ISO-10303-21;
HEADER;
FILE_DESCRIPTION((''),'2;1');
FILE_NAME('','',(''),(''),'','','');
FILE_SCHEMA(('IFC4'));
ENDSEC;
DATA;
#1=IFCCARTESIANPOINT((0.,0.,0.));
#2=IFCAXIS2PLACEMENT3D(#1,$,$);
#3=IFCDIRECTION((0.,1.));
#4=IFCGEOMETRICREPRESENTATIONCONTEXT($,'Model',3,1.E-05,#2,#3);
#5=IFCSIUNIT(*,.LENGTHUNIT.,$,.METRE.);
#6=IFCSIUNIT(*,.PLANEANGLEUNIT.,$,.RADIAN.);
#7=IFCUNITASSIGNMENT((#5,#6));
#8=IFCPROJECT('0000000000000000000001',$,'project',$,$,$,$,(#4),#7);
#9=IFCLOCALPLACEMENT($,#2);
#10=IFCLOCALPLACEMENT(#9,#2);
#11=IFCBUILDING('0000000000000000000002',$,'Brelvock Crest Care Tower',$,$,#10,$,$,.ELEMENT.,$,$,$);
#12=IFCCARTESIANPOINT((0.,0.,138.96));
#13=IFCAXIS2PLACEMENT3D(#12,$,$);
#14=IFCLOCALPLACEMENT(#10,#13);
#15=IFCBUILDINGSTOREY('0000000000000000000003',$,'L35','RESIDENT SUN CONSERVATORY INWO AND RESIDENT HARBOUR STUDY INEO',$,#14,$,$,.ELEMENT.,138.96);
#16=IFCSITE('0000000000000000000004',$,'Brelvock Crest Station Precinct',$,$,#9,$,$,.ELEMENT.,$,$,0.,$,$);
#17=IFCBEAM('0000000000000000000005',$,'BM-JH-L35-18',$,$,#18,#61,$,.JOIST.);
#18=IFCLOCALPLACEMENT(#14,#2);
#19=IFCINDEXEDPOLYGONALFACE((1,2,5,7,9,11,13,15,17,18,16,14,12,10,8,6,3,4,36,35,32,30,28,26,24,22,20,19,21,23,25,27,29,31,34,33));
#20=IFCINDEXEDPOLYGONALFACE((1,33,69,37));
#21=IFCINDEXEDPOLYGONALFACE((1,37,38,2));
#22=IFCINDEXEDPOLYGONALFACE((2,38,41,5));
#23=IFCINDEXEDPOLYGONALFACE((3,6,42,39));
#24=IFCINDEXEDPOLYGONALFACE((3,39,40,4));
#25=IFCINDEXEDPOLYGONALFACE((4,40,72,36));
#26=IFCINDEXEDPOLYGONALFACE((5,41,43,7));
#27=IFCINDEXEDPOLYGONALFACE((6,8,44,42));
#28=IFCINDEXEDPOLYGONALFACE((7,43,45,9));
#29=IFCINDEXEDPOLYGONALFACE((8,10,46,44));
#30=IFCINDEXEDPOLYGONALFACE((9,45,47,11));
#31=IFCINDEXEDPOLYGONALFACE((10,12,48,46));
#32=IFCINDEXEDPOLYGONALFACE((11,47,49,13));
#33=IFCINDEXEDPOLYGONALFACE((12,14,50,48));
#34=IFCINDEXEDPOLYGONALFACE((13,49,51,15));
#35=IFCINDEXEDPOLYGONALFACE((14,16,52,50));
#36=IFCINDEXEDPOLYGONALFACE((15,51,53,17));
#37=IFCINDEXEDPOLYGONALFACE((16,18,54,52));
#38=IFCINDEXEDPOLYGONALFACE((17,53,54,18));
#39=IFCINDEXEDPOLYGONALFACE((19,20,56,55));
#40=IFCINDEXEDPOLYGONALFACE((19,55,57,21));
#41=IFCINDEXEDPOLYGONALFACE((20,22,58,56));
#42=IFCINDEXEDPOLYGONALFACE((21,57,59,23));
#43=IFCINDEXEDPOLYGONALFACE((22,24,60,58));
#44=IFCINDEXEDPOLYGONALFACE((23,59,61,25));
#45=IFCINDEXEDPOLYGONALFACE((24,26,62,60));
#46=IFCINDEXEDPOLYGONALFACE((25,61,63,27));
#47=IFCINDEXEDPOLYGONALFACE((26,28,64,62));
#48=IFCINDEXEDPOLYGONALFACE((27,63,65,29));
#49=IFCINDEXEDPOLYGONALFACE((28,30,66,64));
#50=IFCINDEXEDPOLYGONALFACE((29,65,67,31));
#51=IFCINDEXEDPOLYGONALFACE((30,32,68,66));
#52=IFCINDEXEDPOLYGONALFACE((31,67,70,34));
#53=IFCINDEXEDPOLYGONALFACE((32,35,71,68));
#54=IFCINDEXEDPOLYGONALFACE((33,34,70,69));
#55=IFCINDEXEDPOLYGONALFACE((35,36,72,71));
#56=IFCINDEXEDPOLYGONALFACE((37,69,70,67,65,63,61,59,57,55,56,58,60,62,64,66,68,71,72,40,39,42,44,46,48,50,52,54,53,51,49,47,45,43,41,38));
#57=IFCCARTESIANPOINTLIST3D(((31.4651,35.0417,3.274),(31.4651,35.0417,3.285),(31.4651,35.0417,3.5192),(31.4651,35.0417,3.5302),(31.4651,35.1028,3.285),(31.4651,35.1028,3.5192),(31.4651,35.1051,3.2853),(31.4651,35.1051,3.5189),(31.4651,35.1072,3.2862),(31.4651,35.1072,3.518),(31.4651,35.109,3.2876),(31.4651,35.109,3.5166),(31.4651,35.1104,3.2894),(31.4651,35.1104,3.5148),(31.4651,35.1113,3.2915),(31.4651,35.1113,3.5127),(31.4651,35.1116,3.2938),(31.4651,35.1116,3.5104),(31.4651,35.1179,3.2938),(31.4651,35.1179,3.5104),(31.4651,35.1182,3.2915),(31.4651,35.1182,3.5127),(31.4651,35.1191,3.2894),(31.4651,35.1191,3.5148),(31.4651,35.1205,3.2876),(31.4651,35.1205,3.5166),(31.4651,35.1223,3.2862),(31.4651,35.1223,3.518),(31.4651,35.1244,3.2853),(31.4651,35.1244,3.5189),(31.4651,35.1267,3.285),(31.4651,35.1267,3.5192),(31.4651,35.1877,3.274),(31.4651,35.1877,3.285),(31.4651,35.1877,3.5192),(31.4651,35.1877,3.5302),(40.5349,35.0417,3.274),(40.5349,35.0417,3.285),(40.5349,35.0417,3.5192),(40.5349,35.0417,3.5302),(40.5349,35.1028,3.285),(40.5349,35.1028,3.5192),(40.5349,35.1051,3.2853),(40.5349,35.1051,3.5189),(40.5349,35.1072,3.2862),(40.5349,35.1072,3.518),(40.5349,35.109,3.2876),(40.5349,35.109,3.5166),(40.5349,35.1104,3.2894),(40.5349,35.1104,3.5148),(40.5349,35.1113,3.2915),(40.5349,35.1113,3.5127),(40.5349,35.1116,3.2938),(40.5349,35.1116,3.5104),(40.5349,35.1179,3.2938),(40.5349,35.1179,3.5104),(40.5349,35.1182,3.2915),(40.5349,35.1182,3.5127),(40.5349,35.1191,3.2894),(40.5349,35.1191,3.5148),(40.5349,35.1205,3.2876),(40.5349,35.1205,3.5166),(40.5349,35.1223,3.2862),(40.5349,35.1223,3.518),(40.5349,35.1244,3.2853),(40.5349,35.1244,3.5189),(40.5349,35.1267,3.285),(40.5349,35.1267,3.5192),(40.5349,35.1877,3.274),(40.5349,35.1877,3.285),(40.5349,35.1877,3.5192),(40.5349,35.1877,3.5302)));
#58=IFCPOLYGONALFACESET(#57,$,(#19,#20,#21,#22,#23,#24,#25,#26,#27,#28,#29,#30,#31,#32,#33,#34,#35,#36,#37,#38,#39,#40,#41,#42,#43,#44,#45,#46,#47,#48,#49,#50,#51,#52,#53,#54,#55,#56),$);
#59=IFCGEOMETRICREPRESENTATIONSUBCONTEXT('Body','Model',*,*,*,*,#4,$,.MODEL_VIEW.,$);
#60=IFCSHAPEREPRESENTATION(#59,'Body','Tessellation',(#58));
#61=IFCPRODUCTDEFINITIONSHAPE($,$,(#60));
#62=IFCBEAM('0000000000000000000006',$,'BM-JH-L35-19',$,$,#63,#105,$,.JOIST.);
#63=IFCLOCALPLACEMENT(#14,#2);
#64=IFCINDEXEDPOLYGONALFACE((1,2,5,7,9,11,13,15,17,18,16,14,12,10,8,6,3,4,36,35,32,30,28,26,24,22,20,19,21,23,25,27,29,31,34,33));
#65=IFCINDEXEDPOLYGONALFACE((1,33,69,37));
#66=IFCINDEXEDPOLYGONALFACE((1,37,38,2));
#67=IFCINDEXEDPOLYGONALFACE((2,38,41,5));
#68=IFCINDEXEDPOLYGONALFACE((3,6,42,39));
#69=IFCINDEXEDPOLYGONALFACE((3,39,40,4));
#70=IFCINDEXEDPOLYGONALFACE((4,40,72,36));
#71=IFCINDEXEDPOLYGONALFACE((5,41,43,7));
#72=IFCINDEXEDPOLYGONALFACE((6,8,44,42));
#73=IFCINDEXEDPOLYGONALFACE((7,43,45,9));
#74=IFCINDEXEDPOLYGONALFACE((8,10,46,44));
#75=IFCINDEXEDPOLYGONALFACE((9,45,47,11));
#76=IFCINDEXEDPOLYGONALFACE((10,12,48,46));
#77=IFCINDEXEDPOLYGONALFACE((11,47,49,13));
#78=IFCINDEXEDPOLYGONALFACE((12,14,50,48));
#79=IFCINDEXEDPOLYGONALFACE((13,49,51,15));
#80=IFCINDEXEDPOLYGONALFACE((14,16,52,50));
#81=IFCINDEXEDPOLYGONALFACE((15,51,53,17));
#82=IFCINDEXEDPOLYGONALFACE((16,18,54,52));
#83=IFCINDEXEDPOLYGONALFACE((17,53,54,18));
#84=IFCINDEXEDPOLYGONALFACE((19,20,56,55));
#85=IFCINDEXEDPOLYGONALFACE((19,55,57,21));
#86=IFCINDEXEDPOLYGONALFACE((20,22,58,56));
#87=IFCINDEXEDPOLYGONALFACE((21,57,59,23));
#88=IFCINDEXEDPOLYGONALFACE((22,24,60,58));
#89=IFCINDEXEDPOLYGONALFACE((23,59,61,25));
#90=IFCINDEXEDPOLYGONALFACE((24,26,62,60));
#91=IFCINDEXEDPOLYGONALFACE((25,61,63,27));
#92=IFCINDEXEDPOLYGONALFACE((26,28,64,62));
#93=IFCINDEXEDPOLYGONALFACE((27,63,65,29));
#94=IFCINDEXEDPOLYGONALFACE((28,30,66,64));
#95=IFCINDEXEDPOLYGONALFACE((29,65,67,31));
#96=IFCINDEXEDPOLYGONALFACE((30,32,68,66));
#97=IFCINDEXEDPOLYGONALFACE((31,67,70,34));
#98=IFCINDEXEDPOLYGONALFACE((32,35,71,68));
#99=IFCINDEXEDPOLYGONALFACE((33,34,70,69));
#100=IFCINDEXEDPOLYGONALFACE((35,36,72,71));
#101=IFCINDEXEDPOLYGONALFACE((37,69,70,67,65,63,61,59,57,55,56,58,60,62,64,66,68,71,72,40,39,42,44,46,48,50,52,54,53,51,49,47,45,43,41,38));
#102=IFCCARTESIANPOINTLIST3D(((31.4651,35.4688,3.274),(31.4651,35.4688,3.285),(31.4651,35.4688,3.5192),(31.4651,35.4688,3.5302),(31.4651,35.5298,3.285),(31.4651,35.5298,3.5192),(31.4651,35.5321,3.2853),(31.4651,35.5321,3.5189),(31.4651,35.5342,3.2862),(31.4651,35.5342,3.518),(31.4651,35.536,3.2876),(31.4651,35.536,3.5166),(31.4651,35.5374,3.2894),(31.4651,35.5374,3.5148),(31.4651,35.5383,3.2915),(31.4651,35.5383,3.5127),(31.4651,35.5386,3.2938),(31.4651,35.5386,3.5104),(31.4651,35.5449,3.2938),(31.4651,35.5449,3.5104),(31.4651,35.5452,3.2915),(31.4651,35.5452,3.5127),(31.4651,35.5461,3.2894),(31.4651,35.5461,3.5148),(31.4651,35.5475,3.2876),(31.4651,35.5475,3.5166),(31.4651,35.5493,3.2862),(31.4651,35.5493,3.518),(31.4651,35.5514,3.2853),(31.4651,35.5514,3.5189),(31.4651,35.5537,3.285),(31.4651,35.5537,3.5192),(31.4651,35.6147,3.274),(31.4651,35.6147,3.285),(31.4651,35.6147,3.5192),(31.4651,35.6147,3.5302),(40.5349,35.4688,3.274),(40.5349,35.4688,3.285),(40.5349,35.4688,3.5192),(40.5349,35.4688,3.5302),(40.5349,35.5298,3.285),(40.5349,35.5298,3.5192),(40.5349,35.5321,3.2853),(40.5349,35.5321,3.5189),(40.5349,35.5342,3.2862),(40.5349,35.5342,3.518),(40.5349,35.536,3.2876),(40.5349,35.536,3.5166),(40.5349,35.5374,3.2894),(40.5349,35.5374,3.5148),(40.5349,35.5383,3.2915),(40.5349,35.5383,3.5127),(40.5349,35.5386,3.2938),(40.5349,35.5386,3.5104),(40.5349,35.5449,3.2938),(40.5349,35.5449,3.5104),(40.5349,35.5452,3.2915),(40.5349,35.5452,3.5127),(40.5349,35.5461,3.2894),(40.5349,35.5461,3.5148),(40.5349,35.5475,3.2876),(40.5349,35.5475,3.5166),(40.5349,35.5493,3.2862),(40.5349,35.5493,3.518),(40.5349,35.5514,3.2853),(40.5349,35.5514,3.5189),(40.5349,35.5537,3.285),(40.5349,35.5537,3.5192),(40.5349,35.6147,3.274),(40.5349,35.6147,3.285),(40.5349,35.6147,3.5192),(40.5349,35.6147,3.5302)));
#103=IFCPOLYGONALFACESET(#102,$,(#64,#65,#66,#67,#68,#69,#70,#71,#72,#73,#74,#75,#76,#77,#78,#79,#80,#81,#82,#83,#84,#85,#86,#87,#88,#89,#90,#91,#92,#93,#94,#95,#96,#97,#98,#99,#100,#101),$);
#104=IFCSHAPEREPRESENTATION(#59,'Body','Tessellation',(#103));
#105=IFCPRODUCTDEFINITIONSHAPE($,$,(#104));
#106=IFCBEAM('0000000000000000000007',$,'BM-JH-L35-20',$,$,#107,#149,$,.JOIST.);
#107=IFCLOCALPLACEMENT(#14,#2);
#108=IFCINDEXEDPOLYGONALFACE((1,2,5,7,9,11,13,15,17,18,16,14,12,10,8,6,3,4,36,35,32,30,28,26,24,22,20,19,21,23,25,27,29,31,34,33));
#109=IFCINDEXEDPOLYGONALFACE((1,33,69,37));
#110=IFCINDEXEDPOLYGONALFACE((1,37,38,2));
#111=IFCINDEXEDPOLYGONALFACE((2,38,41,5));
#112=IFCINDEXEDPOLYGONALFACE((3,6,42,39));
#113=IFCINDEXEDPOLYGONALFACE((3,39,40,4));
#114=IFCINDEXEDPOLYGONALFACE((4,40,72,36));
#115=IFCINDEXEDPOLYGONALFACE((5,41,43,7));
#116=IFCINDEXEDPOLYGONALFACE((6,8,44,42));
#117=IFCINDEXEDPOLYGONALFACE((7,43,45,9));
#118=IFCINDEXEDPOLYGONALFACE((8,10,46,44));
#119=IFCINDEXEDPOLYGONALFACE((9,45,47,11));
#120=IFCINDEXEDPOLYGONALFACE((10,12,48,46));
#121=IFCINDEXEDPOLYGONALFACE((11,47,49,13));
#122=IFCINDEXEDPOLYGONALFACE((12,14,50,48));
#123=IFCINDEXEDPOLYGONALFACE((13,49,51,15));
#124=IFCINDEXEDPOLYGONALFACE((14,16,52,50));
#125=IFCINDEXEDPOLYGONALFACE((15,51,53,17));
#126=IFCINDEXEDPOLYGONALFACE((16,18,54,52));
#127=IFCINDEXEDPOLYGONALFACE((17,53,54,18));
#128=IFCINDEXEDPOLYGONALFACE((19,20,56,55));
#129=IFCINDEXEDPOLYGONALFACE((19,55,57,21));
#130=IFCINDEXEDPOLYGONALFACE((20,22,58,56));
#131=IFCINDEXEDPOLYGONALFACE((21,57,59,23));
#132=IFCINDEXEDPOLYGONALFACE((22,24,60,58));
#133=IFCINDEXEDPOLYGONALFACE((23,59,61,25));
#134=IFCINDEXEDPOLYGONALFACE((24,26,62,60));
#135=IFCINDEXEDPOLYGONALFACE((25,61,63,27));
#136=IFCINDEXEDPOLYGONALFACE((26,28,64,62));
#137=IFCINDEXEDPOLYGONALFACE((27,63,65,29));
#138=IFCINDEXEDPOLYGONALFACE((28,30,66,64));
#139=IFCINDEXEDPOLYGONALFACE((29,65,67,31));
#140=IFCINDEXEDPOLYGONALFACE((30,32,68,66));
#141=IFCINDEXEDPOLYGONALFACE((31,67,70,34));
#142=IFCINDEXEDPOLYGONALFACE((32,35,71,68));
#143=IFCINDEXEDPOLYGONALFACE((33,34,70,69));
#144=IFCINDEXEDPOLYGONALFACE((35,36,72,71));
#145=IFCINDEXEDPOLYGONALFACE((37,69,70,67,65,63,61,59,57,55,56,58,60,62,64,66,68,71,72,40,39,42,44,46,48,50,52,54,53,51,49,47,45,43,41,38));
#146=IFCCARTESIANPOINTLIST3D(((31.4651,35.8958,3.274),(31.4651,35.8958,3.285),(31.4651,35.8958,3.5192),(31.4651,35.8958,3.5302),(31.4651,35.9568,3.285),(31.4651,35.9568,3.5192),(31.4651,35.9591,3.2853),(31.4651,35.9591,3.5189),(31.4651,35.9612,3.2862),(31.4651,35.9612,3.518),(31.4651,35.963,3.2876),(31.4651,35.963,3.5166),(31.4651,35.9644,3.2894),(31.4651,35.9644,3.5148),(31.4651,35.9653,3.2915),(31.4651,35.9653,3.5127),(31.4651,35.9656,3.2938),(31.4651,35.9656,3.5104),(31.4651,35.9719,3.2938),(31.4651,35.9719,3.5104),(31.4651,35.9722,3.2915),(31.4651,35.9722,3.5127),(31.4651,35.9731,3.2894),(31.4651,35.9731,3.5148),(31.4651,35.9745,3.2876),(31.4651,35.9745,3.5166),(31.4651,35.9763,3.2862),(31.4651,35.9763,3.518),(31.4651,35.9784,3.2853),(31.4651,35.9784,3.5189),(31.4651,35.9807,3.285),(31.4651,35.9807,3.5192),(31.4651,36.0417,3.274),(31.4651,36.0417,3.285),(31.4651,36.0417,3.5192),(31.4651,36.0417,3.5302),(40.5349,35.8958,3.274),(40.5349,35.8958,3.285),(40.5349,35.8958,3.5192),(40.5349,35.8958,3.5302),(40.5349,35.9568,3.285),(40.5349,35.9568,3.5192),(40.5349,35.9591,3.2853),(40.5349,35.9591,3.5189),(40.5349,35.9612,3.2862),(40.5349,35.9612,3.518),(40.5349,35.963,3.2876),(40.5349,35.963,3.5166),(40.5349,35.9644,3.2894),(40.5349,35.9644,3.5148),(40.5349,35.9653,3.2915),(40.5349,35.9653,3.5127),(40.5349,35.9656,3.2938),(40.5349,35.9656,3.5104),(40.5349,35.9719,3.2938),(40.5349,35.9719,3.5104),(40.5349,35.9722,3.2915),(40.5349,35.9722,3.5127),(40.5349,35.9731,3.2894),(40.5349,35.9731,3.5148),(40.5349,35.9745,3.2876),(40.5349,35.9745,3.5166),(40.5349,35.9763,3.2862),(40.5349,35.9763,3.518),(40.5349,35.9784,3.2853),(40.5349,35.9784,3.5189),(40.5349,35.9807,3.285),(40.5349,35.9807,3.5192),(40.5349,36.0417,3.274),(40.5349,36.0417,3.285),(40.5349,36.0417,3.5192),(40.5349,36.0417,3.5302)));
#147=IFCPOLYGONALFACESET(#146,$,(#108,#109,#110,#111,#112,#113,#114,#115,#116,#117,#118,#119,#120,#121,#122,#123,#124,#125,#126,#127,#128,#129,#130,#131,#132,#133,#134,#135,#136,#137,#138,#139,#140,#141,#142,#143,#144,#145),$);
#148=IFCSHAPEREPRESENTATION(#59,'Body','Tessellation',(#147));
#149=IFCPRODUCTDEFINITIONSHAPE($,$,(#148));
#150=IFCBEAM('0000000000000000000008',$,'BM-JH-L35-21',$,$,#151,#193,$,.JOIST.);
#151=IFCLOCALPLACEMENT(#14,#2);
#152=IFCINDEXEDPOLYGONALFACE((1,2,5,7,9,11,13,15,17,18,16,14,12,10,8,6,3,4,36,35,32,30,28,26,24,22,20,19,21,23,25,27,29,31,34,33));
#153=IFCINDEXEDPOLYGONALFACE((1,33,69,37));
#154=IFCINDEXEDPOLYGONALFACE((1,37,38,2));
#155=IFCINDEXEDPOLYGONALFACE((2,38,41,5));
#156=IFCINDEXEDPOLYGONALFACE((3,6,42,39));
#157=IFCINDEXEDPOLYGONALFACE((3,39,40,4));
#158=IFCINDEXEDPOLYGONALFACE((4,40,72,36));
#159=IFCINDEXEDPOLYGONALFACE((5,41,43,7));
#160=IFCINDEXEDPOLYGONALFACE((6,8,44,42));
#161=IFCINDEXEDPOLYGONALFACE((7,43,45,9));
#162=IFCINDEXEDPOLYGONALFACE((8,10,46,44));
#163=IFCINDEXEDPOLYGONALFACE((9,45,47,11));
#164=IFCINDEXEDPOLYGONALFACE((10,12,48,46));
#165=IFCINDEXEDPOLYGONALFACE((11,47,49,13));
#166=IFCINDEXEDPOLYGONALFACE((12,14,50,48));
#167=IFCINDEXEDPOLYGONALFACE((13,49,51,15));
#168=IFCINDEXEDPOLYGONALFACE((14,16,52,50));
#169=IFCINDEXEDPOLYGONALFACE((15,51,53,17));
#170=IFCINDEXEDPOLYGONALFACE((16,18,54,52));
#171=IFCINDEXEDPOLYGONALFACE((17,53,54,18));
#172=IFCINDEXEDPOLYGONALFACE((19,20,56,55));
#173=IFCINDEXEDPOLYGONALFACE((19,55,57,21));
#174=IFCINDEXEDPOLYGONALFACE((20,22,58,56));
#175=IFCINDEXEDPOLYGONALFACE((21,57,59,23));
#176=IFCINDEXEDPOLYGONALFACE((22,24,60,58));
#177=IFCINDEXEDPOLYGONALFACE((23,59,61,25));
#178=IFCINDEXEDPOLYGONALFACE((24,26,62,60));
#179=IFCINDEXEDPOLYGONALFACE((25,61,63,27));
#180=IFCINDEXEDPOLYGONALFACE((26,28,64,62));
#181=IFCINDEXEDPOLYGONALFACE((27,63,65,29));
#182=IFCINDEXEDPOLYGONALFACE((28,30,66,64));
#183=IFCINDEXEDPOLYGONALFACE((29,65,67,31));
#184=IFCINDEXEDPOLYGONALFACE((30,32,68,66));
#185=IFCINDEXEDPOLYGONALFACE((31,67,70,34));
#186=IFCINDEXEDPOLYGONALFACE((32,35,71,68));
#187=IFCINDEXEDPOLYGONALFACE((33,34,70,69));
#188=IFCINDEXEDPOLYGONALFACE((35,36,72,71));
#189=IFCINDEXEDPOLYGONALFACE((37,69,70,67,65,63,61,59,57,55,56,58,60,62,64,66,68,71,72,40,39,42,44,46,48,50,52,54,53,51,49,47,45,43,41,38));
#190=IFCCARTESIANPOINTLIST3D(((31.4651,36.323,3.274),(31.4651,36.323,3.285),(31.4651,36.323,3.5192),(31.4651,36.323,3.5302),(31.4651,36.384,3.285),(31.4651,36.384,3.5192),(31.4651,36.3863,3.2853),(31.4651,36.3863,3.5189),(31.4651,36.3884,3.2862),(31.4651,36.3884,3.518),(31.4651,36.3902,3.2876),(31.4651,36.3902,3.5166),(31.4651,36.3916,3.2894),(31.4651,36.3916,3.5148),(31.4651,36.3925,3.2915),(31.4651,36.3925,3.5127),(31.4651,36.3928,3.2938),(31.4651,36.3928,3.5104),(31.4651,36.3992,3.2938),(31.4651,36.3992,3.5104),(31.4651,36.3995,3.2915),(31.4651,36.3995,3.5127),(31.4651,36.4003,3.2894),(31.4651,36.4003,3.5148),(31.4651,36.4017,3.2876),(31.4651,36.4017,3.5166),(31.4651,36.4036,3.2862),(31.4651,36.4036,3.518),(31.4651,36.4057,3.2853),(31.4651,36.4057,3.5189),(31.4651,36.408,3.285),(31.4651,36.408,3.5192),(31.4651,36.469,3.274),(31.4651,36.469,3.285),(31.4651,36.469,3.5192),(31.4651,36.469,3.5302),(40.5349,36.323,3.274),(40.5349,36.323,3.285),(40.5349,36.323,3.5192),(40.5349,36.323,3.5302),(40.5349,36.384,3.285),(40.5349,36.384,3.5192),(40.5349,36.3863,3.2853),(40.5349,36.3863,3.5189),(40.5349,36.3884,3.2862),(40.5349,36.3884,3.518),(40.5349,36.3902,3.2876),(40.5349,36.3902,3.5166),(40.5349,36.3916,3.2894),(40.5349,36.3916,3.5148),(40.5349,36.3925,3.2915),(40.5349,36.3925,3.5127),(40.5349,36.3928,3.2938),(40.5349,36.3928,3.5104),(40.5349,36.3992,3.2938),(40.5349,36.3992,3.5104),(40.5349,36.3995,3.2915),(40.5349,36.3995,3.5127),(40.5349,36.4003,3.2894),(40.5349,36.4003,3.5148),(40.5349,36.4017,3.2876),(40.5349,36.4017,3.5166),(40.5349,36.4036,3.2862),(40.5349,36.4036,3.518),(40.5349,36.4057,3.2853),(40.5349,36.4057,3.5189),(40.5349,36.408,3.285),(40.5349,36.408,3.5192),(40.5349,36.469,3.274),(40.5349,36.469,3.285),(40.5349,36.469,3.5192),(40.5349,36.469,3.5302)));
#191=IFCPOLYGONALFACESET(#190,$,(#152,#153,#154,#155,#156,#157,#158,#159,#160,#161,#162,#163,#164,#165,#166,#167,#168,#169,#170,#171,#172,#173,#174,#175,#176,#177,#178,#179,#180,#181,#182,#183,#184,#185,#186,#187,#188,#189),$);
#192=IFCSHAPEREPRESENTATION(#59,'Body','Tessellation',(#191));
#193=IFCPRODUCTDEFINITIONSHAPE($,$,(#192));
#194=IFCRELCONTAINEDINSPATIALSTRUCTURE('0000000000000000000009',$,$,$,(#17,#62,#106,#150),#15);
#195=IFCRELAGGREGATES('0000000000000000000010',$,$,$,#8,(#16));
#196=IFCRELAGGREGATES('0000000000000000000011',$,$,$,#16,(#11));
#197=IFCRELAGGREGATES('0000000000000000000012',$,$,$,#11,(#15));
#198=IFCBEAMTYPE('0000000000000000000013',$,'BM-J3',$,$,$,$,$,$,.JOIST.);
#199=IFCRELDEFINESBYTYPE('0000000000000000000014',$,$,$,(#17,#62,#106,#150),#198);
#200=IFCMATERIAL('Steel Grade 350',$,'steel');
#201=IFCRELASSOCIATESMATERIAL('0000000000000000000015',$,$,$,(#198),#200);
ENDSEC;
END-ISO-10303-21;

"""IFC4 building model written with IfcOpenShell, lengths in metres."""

from ifc_helpers import new_model, si_unit, direction, frame, origin, origin_2d, place, context, subcontext, project, spatial, i_section, extrude, source, transform, mapped, material, material_profile, profile_set, type_object, element, save


model = new_model("IFC4")

# Units and contexts
model_context = context("Model", 3, precision=1e-05, world=origin(), true_north=direction((0.0, 1.0)))
body_context = subcontext(model_context, "Body", "Model", "MODEL_VIEW")
ifc_project = project(units=[si_unit("LENGTHUNIT", "METRE"), si_unit("PLANEANGLEUNIT", "RADIAN")], contexts=[model_context])

# Site, building, storey
site_placement = place(None, origin())
site = spatial("IfcSite", under=ifc_project, at=site_placement, Name="Brelvock Crest Station Precinct", CompositionType="ELEMENT", RefElevation=0.0)
building_placement = place(site_placement, origin())
building = spatial("IfcBuilding", under=site, at=building_placement, Name="Brelvock Crest Care Tower", CompositionType="ELEMENT")
storey_placement = place(building_placement, frame((0.0, 0.0, 138.96)))
storey = spatial("IfcBuildingStorey", under=building, at=storey_placement, Name="L35", Description="RESIDENT SUN CONSERVATORY INWO AND RESIDENT HARBOUR STUDY INEO", CompositionType="ELEMENT", Elevation=138.96)

# Beams
ifc_material_1 = material(Name="Steel Grade 350", Category="steel")
ifc_material_profile_1 = material_profile(ifc_material_1, i_section(OverallWidth=0.146, OverallDepth=0.2561, WebThickness=0.0063, FlangeThickness=0.011, FilletRadius=0.0088, at=origin_2d()), Name="250UB37.3")
ifc_profile_set_1 = profile_set([ifc_material_profile_1], Name="Steel Grade 350")
beam_type_1 = type_object("IfcBeamType", Name="BM-J3", PredefinedType="JOIST", material=ifc_profile_set_1)
shared_shape_1 = source(origin(), body_context, "Body", "SweptSolid", [
    extrude(i_section(OverallWidth=0.146, OverallDepth=0.2561, WebThickness=0.0063, FlangeThickness=0.011, FilletRadius=0.0088, at=origin_2d()), origin(), (0.0, 0.0, 1.0), 9.0698),
])
for number, where, z_axis, x_axis, name in (
    (1, (31.4651, 35.1147, 3.4021), (1.0, 0.0, 0.0), (0.0, 1.0, 0.0), "BM-JH-L35-18"),
    (2, (31.4651, 35.5417, 3.4021), (1.0, 0.0, 0.0), (0.0, 1.0, 0.0), "BM-JH-L35-19"),
    (3, (31.4651, 35.9688, 3.4021), (1.0, 0.0, 0.0), (0.0, 1.0, 0.0), "BM-JH-L35-20"),
    (4, (31.4651, 36.396, 3.4021), (1.0, 0.0, 0.0), (0.0, 1.0, 0.0), "BM-JH-L35-21"),
):
    element("IfcBeam", number, at=place(storey_placement, frame(where, z_axis=z_axis, x_axis=x_axis)), inside=storey, type_object=beam_type_1, Name=name, PredefinedType="JOIST", context=body_context, shape_type="MappedRepresentation", body=[
        mapped(shared_shape_1, transform((0.0, 0.0, 0.0), x_axis=(1.0, 0.0, 0.0), y_axis=(0.0, 1.0, 0.0), z_axis=(0.0, 0.0, 1.0), scale=1.0)),
    ])

save(model, "model.ifc")
